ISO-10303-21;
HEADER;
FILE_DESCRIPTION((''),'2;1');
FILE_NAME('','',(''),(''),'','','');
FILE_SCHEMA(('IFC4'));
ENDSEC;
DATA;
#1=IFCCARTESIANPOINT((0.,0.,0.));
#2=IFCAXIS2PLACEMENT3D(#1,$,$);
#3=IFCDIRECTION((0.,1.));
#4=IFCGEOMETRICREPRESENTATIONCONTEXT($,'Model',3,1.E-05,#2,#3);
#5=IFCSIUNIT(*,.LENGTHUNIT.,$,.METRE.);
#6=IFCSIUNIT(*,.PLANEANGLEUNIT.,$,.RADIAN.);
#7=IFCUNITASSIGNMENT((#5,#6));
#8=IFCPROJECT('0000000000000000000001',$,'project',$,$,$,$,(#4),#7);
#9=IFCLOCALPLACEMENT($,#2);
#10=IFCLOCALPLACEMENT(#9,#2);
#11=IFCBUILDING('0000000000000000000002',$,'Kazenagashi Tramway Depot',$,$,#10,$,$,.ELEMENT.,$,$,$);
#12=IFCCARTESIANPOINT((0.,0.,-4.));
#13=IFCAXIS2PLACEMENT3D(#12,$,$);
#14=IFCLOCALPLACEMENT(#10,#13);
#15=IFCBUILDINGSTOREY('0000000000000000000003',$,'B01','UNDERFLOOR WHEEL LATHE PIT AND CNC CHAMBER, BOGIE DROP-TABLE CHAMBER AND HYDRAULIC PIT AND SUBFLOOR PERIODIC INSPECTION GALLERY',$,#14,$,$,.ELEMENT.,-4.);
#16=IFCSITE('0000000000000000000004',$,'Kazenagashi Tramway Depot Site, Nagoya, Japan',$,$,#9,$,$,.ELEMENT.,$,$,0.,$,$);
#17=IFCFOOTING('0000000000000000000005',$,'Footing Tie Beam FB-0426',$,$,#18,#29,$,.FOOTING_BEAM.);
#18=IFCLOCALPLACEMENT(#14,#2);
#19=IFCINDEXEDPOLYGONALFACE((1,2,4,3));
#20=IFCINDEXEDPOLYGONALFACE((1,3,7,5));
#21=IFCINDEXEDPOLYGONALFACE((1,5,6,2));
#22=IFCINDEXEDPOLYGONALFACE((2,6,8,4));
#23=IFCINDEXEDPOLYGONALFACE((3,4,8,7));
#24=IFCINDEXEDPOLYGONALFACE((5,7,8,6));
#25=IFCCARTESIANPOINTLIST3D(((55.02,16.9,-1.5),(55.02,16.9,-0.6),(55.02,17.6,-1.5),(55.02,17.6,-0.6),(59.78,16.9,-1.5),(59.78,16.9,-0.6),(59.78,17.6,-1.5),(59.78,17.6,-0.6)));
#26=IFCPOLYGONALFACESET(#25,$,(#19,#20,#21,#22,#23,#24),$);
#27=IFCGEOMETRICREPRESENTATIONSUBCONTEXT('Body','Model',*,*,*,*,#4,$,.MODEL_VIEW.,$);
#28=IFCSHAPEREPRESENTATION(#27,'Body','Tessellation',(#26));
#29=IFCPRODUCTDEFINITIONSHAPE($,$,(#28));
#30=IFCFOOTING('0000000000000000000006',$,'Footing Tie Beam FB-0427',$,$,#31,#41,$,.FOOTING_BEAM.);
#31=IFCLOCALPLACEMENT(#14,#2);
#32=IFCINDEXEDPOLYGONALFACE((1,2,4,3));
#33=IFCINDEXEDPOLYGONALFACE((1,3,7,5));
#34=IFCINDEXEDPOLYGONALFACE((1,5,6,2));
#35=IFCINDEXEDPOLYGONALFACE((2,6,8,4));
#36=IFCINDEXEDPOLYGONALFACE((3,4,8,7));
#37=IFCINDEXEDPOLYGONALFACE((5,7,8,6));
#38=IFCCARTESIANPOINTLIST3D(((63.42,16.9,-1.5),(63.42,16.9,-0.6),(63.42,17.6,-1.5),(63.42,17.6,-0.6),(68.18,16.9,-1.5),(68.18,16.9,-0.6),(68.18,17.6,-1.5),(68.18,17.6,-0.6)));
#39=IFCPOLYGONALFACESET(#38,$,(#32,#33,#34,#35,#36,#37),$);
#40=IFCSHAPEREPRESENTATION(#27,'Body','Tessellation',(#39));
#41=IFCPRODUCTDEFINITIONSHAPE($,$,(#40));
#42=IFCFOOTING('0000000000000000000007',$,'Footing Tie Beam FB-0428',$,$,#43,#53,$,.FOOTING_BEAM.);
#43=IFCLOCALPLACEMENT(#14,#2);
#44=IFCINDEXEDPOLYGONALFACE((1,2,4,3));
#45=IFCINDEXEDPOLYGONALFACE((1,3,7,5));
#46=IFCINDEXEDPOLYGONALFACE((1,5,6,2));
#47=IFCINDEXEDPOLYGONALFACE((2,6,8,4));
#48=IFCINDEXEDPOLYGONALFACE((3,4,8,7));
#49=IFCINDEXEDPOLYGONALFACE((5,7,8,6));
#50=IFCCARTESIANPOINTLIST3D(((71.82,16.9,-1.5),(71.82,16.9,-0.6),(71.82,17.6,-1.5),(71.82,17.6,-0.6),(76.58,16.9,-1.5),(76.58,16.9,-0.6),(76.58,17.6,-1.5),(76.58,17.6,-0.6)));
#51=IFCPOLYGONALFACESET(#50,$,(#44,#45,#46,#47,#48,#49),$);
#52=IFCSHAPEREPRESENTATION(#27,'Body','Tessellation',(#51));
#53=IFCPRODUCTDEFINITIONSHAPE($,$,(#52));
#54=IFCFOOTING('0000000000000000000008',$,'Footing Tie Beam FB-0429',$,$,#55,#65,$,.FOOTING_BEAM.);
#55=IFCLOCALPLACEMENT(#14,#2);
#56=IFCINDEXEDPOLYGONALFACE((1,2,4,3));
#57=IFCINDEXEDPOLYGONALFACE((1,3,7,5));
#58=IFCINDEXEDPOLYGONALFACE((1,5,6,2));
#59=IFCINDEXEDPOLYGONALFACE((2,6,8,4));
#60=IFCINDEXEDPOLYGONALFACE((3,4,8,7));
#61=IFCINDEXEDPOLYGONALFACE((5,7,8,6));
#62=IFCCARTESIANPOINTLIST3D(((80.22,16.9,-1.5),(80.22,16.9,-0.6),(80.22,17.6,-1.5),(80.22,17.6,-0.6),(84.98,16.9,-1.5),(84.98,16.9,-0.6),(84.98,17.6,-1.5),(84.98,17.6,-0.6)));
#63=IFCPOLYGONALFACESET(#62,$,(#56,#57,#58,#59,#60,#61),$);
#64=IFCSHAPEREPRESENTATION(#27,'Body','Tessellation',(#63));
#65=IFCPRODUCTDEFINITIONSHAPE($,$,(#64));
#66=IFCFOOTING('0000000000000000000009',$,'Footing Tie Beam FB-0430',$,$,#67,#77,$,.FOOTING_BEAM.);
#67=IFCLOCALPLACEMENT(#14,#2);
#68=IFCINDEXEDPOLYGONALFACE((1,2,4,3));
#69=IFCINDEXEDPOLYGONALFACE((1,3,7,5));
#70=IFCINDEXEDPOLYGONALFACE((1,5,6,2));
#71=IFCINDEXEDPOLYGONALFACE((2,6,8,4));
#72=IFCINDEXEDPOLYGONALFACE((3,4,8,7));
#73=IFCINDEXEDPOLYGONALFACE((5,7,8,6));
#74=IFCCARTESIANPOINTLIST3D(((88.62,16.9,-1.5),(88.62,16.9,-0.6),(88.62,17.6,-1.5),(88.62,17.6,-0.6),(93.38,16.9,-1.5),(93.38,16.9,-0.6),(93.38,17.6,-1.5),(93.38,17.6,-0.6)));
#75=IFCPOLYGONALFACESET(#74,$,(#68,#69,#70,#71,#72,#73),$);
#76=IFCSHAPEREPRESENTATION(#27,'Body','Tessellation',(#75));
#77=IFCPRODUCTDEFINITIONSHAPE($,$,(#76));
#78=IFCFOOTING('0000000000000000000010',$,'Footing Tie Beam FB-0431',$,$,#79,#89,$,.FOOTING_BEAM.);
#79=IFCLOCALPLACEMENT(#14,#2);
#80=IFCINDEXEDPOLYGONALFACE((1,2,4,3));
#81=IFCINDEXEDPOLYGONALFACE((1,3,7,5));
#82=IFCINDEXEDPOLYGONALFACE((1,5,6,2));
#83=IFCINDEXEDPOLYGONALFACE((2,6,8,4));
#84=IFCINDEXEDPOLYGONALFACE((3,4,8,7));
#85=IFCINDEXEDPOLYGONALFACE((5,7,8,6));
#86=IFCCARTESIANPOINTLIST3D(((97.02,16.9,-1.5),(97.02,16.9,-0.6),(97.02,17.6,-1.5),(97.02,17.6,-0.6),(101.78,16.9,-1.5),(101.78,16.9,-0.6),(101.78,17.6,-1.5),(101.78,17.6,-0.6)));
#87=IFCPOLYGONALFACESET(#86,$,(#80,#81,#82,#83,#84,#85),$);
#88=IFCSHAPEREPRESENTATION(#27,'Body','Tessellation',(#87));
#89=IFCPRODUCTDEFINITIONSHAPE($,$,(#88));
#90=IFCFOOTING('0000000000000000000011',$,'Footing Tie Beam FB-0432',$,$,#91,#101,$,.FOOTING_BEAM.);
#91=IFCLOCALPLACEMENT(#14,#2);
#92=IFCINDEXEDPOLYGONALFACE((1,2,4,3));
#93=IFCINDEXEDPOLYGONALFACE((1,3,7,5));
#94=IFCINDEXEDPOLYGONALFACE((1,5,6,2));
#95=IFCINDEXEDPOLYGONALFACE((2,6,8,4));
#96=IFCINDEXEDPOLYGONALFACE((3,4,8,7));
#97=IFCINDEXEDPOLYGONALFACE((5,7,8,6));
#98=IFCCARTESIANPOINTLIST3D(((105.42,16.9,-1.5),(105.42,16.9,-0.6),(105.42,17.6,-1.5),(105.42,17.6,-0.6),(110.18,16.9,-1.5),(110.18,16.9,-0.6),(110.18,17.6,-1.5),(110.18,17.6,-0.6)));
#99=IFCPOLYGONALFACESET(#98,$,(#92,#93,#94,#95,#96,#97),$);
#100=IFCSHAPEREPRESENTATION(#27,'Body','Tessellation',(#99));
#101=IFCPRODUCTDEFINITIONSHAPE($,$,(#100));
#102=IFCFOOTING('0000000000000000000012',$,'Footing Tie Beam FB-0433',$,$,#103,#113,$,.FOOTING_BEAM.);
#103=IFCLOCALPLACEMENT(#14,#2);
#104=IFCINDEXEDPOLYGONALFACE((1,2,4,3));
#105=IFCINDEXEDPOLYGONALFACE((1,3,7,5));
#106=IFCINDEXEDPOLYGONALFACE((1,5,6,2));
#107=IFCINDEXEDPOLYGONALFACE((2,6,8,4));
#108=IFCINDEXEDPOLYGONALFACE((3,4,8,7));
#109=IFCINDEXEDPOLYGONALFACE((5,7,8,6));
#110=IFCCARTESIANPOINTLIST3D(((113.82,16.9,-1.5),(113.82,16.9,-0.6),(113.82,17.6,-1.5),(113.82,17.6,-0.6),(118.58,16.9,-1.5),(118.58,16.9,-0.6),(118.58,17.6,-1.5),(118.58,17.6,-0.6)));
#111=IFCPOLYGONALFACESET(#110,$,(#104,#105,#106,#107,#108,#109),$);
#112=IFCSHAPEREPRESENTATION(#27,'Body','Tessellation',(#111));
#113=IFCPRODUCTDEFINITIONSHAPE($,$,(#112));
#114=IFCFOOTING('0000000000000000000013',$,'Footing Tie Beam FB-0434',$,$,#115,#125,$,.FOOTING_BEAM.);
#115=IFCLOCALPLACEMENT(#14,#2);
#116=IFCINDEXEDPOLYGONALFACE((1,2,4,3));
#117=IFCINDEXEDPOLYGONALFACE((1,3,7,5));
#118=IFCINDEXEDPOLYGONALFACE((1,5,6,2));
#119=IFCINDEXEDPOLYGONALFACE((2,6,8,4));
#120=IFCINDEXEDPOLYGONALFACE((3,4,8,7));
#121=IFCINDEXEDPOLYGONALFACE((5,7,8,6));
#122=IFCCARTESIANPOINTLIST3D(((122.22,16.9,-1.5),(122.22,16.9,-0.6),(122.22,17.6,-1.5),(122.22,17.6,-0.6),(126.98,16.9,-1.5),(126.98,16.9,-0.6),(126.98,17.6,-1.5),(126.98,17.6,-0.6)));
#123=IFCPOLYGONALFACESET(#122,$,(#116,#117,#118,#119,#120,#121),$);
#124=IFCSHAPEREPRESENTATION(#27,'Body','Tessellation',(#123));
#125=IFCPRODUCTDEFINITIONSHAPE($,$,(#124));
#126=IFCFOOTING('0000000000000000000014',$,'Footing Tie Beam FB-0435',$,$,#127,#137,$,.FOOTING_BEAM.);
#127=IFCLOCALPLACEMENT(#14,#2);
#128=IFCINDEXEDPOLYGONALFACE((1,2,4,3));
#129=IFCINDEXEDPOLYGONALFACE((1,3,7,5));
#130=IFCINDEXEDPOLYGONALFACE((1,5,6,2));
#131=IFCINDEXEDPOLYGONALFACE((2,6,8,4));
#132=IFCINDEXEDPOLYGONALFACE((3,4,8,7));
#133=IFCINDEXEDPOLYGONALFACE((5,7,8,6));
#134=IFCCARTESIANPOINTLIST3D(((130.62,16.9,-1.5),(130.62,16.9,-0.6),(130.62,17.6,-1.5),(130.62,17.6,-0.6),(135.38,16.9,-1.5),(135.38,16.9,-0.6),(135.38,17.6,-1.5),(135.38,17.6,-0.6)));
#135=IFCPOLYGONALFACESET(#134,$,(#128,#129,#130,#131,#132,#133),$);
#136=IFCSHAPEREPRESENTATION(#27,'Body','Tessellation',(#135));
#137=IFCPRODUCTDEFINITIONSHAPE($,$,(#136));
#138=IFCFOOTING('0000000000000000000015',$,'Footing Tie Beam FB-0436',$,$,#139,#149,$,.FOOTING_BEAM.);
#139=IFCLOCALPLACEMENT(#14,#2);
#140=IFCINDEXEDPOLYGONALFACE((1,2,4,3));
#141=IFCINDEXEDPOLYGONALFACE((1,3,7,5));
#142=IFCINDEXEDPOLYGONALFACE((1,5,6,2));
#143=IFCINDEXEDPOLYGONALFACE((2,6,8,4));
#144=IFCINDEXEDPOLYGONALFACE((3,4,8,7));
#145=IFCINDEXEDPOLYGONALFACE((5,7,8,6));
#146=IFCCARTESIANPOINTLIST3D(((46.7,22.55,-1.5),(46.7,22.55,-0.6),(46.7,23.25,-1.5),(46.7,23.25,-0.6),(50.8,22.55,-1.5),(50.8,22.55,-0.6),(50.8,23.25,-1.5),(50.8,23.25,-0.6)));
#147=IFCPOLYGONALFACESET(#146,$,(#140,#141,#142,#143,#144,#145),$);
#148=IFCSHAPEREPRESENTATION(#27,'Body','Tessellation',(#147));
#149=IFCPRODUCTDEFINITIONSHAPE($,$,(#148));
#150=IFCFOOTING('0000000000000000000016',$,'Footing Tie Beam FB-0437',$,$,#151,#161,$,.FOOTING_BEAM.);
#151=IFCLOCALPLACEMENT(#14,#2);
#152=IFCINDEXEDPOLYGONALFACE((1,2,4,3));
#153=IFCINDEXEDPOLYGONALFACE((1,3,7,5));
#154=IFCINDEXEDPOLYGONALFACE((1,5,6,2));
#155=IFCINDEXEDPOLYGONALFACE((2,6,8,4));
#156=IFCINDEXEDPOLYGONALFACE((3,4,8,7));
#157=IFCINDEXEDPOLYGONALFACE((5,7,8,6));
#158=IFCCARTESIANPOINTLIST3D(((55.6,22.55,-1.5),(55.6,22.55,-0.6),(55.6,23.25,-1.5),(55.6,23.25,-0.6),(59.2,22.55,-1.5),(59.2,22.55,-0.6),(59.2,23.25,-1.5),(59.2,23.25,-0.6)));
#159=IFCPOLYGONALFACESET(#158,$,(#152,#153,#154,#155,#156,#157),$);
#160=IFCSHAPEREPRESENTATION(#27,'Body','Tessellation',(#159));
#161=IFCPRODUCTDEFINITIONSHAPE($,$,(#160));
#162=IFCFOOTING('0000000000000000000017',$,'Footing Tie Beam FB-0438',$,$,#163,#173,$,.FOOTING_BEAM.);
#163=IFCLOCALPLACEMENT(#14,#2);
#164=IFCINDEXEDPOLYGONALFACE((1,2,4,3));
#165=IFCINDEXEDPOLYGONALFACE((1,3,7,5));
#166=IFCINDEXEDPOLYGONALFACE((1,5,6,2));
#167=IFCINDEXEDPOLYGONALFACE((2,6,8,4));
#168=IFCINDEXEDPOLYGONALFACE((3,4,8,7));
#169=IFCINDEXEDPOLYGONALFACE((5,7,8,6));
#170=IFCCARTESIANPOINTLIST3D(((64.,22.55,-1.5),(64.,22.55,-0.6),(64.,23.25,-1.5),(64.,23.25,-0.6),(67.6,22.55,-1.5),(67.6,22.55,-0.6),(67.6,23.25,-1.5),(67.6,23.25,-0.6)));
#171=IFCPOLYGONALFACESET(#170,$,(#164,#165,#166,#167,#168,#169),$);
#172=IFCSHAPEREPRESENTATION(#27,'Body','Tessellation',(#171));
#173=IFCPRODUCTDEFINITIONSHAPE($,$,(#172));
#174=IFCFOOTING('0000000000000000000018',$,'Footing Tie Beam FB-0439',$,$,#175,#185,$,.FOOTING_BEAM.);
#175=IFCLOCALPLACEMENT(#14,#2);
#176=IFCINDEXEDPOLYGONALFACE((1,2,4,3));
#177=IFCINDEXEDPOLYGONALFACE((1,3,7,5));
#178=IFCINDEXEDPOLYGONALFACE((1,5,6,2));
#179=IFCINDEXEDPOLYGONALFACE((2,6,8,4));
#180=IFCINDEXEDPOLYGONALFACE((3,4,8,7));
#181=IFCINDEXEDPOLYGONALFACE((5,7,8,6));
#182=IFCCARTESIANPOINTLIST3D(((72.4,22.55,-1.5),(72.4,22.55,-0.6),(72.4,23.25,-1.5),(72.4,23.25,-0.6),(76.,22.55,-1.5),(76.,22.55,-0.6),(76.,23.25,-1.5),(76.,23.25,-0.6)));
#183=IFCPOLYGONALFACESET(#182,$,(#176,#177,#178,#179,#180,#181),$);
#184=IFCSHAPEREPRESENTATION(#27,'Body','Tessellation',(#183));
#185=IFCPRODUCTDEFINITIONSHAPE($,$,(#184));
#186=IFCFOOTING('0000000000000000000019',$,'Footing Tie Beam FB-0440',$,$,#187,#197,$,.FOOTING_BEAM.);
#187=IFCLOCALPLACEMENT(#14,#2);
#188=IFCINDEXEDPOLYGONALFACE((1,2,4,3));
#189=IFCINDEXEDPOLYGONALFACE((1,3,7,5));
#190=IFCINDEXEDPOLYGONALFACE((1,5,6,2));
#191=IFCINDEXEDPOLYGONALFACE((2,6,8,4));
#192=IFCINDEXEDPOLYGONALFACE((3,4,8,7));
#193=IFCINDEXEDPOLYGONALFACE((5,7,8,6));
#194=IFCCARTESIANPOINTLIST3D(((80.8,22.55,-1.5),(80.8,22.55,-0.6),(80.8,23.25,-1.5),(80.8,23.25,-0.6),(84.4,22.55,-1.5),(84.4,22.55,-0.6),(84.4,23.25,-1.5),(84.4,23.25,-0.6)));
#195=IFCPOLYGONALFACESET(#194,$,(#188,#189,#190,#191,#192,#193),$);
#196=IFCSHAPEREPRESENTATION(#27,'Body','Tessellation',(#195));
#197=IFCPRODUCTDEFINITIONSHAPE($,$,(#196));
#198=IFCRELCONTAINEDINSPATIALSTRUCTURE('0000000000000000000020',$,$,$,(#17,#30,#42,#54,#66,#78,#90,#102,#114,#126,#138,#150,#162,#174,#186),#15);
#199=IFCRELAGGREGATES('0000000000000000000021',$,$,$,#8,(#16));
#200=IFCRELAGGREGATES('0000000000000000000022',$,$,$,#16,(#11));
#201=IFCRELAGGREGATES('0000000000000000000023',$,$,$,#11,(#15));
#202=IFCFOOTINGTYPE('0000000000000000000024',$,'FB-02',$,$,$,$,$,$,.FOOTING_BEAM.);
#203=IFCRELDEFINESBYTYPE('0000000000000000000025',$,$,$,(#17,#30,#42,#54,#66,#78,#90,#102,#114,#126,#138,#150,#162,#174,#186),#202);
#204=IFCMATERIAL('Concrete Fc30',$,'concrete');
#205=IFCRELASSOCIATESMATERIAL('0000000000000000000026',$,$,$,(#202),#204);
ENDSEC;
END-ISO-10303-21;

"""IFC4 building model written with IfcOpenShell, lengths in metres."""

from ifc_helpers import new_model, si_unit, direction, frame, origin, place, context, subcontext, project, spatial, polyline, outline, extrude, material, type_object, element, save


model = new_model("IFC4")

# Units and contexts
model_context = context("Model", 3, precision=1e-05, world=origin(), true_north=direction((0.0, 1.0)))
body_context = subcontext(model_context, "Body", "Model", "MODEL_VIEW")
ifc_project = project(units=[si_unit("LENGTHUNIT", "METRE"), si_unit("PLANEANGLEUNIT", "RADIAN")], contexts=[model_context])

# Site, building, storey
site_placement = place(None, origin())
site = spatial("IfcSite", under=ifc_project, at=site_placement, Name="Kazenagashi Tramway Depot Site, Nagoya, Japan", CompositionType="ELEMENT", RefElevation=0.0)
building_placement = place(site_placement, origin())
building = spatial("IfcBuilding", under=site, at=building_placement, Name="Kazenagashi Tramway Depot", CompositionType="ELEMENT")
storey_placement = place(building_placement, frame((0.0, 0.0, -4.0)))
storey = spatial("IfcBuildingStorey", under=building, at=storey_placement, Name="B01", Description="UNDERFLOOR WHEEL LATHE PIT AND CNC CHAMBER, BOGIE DROP-TABLE CHAMBER AND HYDRAULIC PIT AND SUBFLOOR PERIODIC INSPECTION GALLERY", CompositionType="ELEMENT", Elevation=-4.0)

# Footings
ifc_material = material(Name="Concrete Fc30", Category="concrete")
footing_type = type_object("IfcFootingType", Name="FB-02", PredefinedType="FOOTING_BEAM", material=ifc_material)
footing_1_placement = place(storey_placement, frame((0.0, 0.0, -1.5)))
element("IfcFooting", 1, at=footing_1_placement, inside=storey, type_object=footing_type, Name="Footing Tie Beam FB-0426", PredefinedType="FOOTING_BEAM", context=body_context, shape_type="SweptSolid", body=[
    extrude(outline(polyline([(55.02, 16.9), (59.78, 16.9), (59.78, 17.6), (55.02, 17.6), (55.02, 16.9)])), origin(), (0.0, 0.0, 1.0), 0.9),
])
footing_2_placement = place(storey_placement, frame((0.0, 0.0, -1.5)))
element("IfcFooting", 2, at=footing_2_placement, inside=storey, type_object=footing_type, Name="Footing Tie Beam FB-0427", PredefinedType="FOOTING_BEAM", context=body_context, shape_type="SweptSolid", body=[
    extrude(outline(polyline([(63.42, 16.9), (68.18, 16.9), (68.18, 17.6), (63.42, 17.6), (63.42, 16.9)])), origin(), (0.0, 0.0, 1.0), 0.9),
])
footing_3_placement = place(storey_placement, frame((0.0, 0.0, -1.5)))
element("IfcFooting", 3, at=footing_3_placement, inside=storey, type_object=footing_type, Name="Footing Tie Beam FB-0428", PredefinedType="FOOTING_BEAM", context=body_context, shape_type="SweptSolid", body=[
    extrude(outline(polyline([(71.82, 16.9), (76.58, 16.9), (76.58, 17.6), (71.82, 17.6), (71.82, 16.9)])), origin(), (0.0, 0.0, 1.0), 0.9),
])
footing_4_placement = place(storey_placement, frame((0.0, 0.0, -1.5)))
element("IfcFooting", 4, at=footing_4_placement, inside=storey, type_object=footing_type, Name="Footing Tie Beam FB-0429", PredefinedType="FOOTING_BEAM", context=body_context, shape_type="SweptSolid", body=[
    extrude(outline(polyline([(80.22, 16.9), (84.98, 16.9), (84.98, 17.6), (80.22, 17.6), (80.22, 16.9)])), origin(), (0.0, 0.0, 1.0), 0.9),
])
footing_5_placement = place(storey_placement, frame((0.0, 0.0, -1.5)))
element("IfcFooting", 5, at=footing_5_placement, inside=storey, type_object=footing_type, Name="Footing Tie Beam FB-0430", PredefinedType="FOOTING_BEAM", context=body_context, shape_type="SweptSolid", body=[
    extrude(outline(polyline([(88.62, 16.9), (93.38, 16.9), (93.38, 17.6), (88.62, 17.6), (88.62, 16.9)])), origin(), (0.0, 0.0, 1.0), 0.9),
])
footing_6_placement = place(storey_placement, frame((0.0, 0.0, -1.5)))
element("IfcFooting", 6, at=footing_6_placement, inside=storey, type_object=footing_type, Name="Footing Tie Beam FB-0431", PredefinedType="FOOTING_BEAM", context=body_context, shape_type="SweptSolid", body=[
    extrude(outline(polyline([(97.02, 16.9), (101.78, 16.9), (101.78, 17.6), (97.02, 17.6), (97.02, 16.9)])), origin(), (0.0, 0.0, 1.0), 0.9),
])
footing_7_placement = place(storey_placement, frame((0.0, 0.0, -1.5)))
element("IfcFooting", 7, at=footing_7_placement, inside=storey, type_object=footing_type, Name="Footing Tie Beam FB-0432", PredefinedType="FOOTING_BEAM", context=body_context, shape_type="SweptSolid", body=[
    extrude(outline(polyline([(105.42, 16.9), (110.18, 16.9), (110.18, 17.6), (105.42, 17.6), (105.42, 16.9)])), origin(), (0.0, 0.0, 1.0), 0.9),
])
footing_8_placement = place(storey_placement, frame((0.0, 0.0, -1.5)))
element("IfcFooting", 8, at=footing_8_placement, inside=storey, type_object=footing_type, Name="Footing Tie Beam FB-0433", PredefinedType="FOOTING_BEAM", context=body_context, shape_type="SweptSolid", body=[
    extrude(outline(polyline([(113.82, 16.9), (118.58, 16.9), (118.58, 17.6), (113.82, 17.6), (113.82, 16.9)])), origin(), (0.0, 0.0, 1.0), 0.9),
])
footing_9_placement = place(storey_placement, frame((0.0, 0.0, -1.5)))
element("IfcFooting", 9, at=footing_9_placement, inside=storey, type_object=footing_type, Name="Footing Tie Beam FB-0434", PredefinedType="FOOTING_BEAM", context=body_context, shape_type="SweptSolid", body=[
    extrude(outline(polyline([(122.22, 16.9), (126.98, 16.9), (126.98, 17.6), (122.22, 17.6), (122.22, 16.9)])), origin(), (0.0, 0.0, 1.0), 0.9),
])
footing_10_placement = place(storey_placement, frame((0.0, 0.0, -1.5)))
element("IfcFooting", 10, at=footing_10_placement, inside=storey, type_object=footing_type, Name="Footing Tie Beam FB-0435", PredefinedType="FOOTING_BEAM", context=body_context, shape_type="SweptSolid", body=[
    extrude(outline(polyline([(130.62, 16.9), (135.38, 16.9), (135.38, 17.6), (130.62, 17.6), (130.62, 16.9)])), origin(), (0.0, 0.0, 1.0), 0.9),
])
footing_11_placement = place(storey_placement, frame((0.0, 0.0, -1.5)))
element("IfcFooting", 11, at=footing_11_placement, inside=storey, type_object=footing_type, Name="Footing Tie Beam FB-0436", PredefinedType="FOOTING_BEAM", context=body_context, shape_type="SweptSolid", body=[
    extrude(outline(polyline([(46.7, 22.55), (50.8, 22.55), (50.8, 23.25), (46.7, 23.25), (46.7, 22.55)])), origin(), (0.0, 0.0, 1.0), 0.9),
])
footing_12_placement = place(storey_placement, frame((0.0, 0.0, -1.5)))
element("IfcFooting", 12, at=footing_12_placement, inside=storey, type_object=footing_type, Name="Footing Tie Beam FB-0437", PredefinedType="FOOTING_BEAM", context=body_context, shape_type="SweptSolid", body=[
    extrude(outline(polyline([(55.6, 22.55), (59.2, 22.55), (59.2, 23.25), (55.6, 23.25), (55.6, 22.55)])), origin(), (0.0, 0.0, 1.0), 0.9),
])
footing_13_placement = place(storey_placement, frame((0.0, 0.0, -1.5)))
element("IfcFooting", 13, at=footing_13_placement, inside=storey, type_object=footing_type, Name="Footing Tie Beam FB-0438", PredefinedType="FOOTING_BEAM", context=body_context, shape_type="SweptSolid", body=[
    extrude(outline(polyline([(64.0, 22.55), (67.6, 22.55), (67.6, 23.25), (64.0, 23.25), (64.0, 22.55)])), origin(), (0.0, 0.0, 1.0), 0.9),
])
footing_14_placement = place(storey_placement, frame((0.0, 0.0, -1.5)))
element("IfcFooting", 14, at=footing_14_placement, inside=storey, type_object=footing_type, Name="Footing Tie Beam FB-0439", PredefinedType="FOOTING_BEAM", context=body_context, shape_type="SweptSolid", body=[
    extrude(outline(polyline([(72.4, 22.55), (76.0, 22.55), (76.0, 23.25), (72.4, 23.25), (72.4, 22.55)])), origin(), (0.0, 0.0, 1.0), 0.9),
])
footing_15_placement = place(storey_placement, frame((0.0, 0.0, -1.5)))
element("IfcFooting", 15, at=footing_15_placement, inside=storey, type_object=footing_type, Name="Footing Tie Beam FB-0440", PredefinedType="FOOTING_BEAM", context=body_context, shape_type="SweptSolid", body=[
    extrude(outline(polyline([(80.8, 22.55), (84.4, 22.55), (84.4, 23.25), (80.8, 23.25), (80.8, 22.55)])), origin(), (0.0, 0.0, 1.0), 0.9),
])

save(model, "model.ifc")
